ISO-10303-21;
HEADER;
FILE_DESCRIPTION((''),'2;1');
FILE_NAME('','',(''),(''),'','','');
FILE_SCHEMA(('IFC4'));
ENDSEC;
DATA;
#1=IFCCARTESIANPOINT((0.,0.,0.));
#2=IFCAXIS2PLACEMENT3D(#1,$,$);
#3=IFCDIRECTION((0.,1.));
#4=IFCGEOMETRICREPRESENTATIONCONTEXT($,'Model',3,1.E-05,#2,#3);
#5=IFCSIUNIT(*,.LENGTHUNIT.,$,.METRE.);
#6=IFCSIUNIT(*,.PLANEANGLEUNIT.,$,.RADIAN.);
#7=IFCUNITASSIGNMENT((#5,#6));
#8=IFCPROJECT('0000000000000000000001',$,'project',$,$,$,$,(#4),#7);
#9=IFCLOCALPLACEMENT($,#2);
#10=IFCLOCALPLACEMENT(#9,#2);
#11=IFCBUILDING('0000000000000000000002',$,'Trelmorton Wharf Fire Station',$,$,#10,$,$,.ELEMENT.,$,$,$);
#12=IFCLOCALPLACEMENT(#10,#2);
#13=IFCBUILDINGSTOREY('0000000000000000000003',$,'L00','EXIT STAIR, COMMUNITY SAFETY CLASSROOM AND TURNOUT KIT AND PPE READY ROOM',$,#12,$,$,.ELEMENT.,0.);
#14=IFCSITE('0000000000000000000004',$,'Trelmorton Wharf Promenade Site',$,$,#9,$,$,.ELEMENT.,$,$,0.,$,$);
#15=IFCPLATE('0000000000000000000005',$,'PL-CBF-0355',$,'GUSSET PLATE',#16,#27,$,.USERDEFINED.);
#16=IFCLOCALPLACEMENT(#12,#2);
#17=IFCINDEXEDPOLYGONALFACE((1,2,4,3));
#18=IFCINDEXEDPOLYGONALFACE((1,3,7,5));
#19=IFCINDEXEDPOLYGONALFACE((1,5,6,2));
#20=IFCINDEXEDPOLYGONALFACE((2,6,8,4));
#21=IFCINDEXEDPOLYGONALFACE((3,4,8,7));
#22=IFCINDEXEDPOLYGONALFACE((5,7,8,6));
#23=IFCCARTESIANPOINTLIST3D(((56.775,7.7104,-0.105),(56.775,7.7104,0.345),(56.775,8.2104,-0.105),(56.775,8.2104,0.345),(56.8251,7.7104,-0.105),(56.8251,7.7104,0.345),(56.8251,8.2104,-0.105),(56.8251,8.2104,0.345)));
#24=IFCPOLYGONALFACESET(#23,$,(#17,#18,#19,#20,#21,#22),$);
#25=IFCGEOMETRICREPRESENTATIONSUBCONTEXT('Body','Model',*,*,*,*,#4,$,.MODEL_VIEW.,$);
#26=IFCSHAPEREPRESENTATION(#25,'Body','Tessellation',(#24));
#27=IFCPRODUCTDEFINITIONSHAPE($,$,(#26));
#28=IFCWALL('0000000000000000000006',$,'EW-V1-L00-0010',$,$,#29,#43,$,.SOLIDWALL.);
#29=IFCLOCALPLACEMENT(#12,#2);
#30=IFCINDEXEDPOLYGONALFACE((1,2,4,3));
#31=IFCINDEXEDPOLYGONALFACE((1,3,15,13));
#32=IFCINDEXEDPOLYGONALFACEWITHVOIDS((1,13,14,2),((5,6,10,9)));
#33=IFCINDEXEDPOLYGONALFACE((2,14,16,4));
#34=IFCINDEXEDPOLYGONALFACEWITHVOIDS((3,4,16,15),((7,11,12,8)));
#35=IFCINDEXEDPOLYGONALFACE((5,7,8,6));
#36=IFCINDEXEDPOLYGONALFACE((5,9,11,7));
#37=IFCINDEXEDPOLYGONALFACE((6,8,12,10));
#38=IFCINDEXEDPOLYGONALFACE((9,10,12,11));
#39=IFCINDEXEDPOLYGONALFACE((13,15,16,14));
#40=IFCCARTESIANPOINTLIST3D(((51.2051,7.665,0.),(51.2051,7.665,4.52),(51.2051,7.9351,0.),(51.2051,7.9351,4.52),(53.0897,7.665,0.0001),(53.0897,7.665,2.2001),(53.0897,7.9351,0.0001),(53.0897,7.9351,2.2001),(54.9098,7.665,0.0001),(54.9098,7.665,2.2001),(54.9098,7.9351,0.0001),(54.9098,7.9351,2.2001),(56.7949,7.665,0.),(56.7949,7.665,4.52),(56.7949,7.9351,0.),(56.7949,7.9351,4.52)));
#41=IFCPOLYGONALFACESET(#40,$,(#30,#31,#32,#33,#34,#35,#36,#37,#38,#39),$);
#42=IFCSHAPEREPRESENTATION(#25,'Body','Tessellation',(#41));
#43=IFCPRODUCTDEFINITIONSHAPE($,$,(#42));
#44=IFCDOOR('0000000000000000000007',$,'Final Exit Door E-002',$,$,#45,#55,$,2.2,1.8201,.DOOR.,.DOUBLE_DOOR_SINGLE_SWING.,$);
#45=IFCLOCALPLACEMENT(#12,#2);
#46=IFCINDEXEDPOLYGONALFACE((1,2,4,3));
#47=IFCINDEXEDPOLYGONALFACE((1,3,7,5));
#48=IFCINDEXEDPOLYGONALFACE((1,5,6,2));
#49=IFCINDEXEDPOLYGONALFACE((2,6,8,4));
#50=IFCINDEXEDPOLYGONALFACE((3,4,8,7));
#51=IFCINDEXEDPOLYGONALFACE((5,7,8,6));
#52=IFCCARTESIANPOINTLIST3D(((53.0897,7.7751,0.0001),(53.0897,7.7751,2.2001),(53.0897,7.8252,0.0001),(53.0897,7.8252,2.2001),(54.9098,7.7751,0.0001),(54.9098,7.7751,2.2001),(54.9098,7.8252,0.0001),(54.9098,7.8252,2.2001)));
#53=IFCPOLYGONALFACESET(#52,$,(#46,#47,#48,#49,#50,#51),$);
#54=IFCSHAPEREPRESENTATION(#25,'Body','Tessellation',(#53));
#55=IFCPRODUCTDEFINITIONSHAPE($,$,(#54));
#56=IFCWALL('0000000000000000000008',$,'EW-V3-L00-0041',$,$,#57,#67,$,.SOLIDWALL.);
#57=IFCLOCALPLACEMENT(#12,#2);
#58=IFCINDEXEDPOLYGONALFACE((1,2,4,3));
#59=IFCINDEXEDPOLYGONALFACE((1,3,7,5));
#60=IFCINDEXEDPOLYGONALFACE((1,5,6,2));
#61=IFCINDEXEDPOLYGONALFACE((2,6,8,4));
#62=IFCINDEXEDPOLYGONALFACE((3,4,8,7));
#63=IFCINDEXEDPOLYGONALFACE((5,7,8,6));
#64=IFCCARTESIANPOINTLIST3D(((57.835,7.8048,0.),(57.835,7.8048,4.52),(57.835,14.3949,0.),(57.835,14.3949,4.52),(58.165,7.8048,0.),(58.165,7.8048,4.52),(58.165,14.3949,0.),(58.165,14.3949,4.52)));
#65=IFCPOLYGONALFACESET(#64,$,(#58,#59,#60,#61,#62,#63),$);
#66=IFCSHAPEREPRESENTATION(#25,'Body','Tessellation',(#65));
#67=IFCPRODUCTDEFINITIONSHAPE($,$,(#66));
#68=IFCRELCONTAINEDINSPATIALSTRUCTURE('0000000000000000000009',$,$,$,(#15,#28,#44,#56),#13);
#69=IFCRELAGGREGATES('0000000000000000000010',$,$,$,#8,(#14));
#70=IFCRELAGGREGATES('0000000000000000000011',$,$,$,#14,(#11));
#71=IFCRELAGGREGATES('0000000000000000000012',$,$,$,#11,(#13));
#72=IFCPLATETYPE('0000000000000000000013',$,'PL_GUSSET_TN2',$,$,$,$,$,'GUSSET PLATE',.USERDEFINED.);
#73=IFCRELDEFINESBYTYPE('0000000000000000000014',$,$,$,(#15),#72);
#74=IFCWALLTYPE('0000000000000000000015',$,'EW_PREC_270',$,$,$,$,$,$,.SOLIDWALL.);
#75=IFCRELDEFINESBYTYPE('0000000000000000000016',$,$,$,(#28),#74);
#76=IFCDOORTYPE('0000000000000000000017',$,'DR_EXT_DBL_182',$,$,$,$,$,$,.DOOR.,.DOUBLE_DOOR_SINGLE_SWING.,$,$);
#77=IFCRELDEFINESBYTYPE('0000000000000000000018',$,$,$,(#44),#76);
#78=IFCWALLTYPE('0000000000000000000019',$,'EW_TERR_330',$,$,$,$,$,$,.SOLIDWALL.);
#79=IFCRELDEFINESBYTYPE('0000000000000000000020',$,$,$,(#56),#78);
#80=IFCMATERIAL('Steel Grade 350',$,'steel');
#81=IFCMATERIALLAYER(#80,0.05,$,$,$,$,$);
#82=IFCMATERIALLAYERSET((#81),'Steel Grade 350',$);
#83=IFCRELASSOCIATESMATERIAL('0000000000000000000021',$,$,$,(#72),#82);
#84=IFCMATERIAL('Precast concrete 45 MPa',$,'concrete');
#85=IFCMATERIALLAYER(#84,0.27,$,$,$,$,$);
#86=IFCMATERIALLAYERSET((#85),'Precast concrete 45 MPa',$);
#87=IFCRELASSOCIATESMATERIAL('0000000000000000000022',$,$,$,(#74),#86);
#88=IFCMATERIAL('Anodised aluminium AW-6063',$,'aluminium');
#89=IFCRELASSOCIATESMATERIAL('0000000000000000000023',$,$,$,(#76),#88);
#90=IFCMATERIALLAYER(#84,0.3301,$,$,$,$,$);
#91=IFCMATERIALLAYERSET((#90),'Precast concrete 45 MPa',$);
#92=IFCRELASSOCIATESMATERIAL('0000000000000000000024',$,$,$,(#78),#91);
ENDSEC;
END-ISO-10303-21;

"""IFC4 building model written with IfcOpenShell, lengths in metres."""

from ifc_helpers import new_model, si_unit, direction, frame, frame_2d, origin, origin_2d, place, context, subcontext, project, spatial, rectangle, extrude, material, layer, layer_set, type_object, element, fill, save


model = new_model("IFC4")

# Units and contexts
model_context = context("Model", 3, precision=1e-05, world=origin(), true_north=direction((0.0, 1.0)))
body_context = subcontext(model_context, "Body", "Model", "MODEL_VIEW")
ifc_project = project(units=[si_unit("LENGTHUNIT", "METRE"), si_unit("PLANEANGLEUNIT", "RADIAN")], contexts=[model_context])

# Site, building, storey
site_placement = place(None, origin())
site = spatial("IfcSite", under=ifc_project, at=site_placement, Name="Trelmorton Wharf Promenade Site", CompositionType="ELEMENT", RefElevation=0.0)
building_placement = place(site_placement, origin())
building = spatial("IfcBuilding", under=site, at=building_placement, Name="Trelmorton Wharf Fire Station", CompositionType="ELEMENT")
storey_placement = place(building_placement, origin())
storey = spatial("IfcBuildingStorey", under=building, at=storey_placement, Name="L00", Description="EXIT STAIR, COMMUNITY SAFETY CLASSROOM AND TURNOUT KIT AND PPE READY ROOM", CompositionType="ELEMENT", Elevation=0.0)

# Shared definitions
ifc_material_1 = material(Name="Steel Grade 350", Category="steel")

# Shared definitions
ifc_material_2 = material(Name="Anodised aluminium AW-6063", Category="aluminium")

# Plate
ifc_layer_1 = layer(ifc_material_1, 0.05)
ifc_layer_set_1 = layer_set([ifc_layer_1], Name="Steel Grade 350")
plate_type_1 = type_object("IfcPlateType", Name="PL_GUSSET_TN2", ElementType="GUSSET PLATE", PredefinedType="USERDEFINED", material=ifc_layer_set_1)
plate_1_placement = place(storey_placement, frame((56.8, 7.9604, -0.105), z_axis=(0.0, 0.0, 1.0), x_axis=(1.0, 0.0, 0.0)))
element("IfcPlate", 1, at=plate_1_placement, inside=storey, type_object=plate_type_1, Name="PL-CBF-0355", ObjectType="GUSSET PLATE", PredefinedType="USERDEFINED", context=body_context, shape_type="SweptSolid", body=[
    extrude(rectangle(XDim=0.05, YDim=0.5, at=origin_2d()), origin(), (0.0, 0.0, 1.0), 0.45),
])

# Wall, opening, door
ifc_material_3 = material(Name="Precast concrete 45 MPa", Category="concrete")
ifc_layer_2 = layer(ifc_material_3, 0.27)
ifc_layer_set_2 = layer_set([ifc_layer_2], Name="Precast concrete 45 MPa")
wall_type_1 = type_object("IfcWallType", Name="EW_PREC_270", PredefinedType="SOLIDWALL", material=ifc_layer_set_2)
wall_1_placement = place(storey_placement, frame((56.7949, 7.8, 0.0), z_axis=(0.0, 0.0, 1.0), x_axis=(-1.0, 0.0, 0.0)))
wall_1 = element("IfcWall", 2, at=wall_1_placement, inside=storey, type_object=wall_type_1, Name="EW-V1-L00-0010", PredefinedType="SOLIDWALL", context=body_context, shape_type="SweptSolid", body=[
    extrude(rectangle(XDim=5.5898, YDim=0.27, at=frame_2d((2.7949, 0.0))), origin(), (0.0, 0.0, 1.0), 4.52),
])
opening_placement = place(wall_1_placement, frame((1.885, 0.0, 0.0)))
opening = element("IfcOpeningElement", 3, at=opening_placement, cuts=wall_1, PredefinedType="OPENING", context=body_context, shape_type="SweptSolid", body=[
    extrude(rectangle(XDim=1.8201, YDim=2.2, at=frame_2d((0.9102, 1.1001))), frame((0.0, 0.145, 0.0), z_axis=(0.0, -1.0, 0.0), x_axis=(1.0, 0.0, 0.0)), (0.0, 0.0, 1.0), 0.29),
])
door_type = type_object("IfcDoorType", Name="DR_EXT_DBL_182", OperationType="DOUBLE_DOOR_SINGLE_SWING", PredefinedType="DOOR", material=ifc_material_2)
door_placement = place(opening_placement, origin())
door = element("IfcDoor", 4, at=door_placement, inside=storey, type_object=door_type, Name="Final Exit Door E-002", OperationType="DOUBLE_DOOR_SINGLE_SWING", OverallHeight=2.2, OverallWidth=1.8201, PredefinedType="DOOR", context=body_context, shape_type="SweptSolid", body=[
    extrude(rectangle(XDim=1.8201, YDim=2.2, at=frame_2d((0.9102, 1.1001))), frame((0.0, 0.0249, 0.0), z_axis=(0.0, -1.0, 0.0), x_axis=(1.0, 0.0, 0.0)), (0.0, 0.0, 1.0), 0.05),
])
fill(opening, door)

# Wall
ifc_layer_3 = layer(ifc_material_3, 0.3301)
ifc_layer_set_3 = layer_set([ifc_layer_3], Name="Precast concrete 45 MPa")
wall_type_2 = type_object("IfcWallType", Name="EW_TERR_330", PredefinedType="SOLIDWALL", material=ifc_layer_set_3)
wall_2_placement = place(storey_placement, frame((58.0, 7.8049, 0.0), z_axis=(0.0, 0.0, 1.0), x_axis=(0.0, 1.0, 0.0)))
element("IfcWall", 5, at=wall_2_placement, inside=storey, type_object=wall_type_2, Name="EW-V3-L00-0041", PredefinedType="SOLIDWALL", context=body_context, shape_type="SweptSolid", body=[
    extrude(rectangle(XDim=6.5901, YDim=0.3301, at=frame_2d((3.2949, 0.0))), origin(), (0.0, 0.0, 1.0), 4.52),
])

save(model, "model.ifc")
